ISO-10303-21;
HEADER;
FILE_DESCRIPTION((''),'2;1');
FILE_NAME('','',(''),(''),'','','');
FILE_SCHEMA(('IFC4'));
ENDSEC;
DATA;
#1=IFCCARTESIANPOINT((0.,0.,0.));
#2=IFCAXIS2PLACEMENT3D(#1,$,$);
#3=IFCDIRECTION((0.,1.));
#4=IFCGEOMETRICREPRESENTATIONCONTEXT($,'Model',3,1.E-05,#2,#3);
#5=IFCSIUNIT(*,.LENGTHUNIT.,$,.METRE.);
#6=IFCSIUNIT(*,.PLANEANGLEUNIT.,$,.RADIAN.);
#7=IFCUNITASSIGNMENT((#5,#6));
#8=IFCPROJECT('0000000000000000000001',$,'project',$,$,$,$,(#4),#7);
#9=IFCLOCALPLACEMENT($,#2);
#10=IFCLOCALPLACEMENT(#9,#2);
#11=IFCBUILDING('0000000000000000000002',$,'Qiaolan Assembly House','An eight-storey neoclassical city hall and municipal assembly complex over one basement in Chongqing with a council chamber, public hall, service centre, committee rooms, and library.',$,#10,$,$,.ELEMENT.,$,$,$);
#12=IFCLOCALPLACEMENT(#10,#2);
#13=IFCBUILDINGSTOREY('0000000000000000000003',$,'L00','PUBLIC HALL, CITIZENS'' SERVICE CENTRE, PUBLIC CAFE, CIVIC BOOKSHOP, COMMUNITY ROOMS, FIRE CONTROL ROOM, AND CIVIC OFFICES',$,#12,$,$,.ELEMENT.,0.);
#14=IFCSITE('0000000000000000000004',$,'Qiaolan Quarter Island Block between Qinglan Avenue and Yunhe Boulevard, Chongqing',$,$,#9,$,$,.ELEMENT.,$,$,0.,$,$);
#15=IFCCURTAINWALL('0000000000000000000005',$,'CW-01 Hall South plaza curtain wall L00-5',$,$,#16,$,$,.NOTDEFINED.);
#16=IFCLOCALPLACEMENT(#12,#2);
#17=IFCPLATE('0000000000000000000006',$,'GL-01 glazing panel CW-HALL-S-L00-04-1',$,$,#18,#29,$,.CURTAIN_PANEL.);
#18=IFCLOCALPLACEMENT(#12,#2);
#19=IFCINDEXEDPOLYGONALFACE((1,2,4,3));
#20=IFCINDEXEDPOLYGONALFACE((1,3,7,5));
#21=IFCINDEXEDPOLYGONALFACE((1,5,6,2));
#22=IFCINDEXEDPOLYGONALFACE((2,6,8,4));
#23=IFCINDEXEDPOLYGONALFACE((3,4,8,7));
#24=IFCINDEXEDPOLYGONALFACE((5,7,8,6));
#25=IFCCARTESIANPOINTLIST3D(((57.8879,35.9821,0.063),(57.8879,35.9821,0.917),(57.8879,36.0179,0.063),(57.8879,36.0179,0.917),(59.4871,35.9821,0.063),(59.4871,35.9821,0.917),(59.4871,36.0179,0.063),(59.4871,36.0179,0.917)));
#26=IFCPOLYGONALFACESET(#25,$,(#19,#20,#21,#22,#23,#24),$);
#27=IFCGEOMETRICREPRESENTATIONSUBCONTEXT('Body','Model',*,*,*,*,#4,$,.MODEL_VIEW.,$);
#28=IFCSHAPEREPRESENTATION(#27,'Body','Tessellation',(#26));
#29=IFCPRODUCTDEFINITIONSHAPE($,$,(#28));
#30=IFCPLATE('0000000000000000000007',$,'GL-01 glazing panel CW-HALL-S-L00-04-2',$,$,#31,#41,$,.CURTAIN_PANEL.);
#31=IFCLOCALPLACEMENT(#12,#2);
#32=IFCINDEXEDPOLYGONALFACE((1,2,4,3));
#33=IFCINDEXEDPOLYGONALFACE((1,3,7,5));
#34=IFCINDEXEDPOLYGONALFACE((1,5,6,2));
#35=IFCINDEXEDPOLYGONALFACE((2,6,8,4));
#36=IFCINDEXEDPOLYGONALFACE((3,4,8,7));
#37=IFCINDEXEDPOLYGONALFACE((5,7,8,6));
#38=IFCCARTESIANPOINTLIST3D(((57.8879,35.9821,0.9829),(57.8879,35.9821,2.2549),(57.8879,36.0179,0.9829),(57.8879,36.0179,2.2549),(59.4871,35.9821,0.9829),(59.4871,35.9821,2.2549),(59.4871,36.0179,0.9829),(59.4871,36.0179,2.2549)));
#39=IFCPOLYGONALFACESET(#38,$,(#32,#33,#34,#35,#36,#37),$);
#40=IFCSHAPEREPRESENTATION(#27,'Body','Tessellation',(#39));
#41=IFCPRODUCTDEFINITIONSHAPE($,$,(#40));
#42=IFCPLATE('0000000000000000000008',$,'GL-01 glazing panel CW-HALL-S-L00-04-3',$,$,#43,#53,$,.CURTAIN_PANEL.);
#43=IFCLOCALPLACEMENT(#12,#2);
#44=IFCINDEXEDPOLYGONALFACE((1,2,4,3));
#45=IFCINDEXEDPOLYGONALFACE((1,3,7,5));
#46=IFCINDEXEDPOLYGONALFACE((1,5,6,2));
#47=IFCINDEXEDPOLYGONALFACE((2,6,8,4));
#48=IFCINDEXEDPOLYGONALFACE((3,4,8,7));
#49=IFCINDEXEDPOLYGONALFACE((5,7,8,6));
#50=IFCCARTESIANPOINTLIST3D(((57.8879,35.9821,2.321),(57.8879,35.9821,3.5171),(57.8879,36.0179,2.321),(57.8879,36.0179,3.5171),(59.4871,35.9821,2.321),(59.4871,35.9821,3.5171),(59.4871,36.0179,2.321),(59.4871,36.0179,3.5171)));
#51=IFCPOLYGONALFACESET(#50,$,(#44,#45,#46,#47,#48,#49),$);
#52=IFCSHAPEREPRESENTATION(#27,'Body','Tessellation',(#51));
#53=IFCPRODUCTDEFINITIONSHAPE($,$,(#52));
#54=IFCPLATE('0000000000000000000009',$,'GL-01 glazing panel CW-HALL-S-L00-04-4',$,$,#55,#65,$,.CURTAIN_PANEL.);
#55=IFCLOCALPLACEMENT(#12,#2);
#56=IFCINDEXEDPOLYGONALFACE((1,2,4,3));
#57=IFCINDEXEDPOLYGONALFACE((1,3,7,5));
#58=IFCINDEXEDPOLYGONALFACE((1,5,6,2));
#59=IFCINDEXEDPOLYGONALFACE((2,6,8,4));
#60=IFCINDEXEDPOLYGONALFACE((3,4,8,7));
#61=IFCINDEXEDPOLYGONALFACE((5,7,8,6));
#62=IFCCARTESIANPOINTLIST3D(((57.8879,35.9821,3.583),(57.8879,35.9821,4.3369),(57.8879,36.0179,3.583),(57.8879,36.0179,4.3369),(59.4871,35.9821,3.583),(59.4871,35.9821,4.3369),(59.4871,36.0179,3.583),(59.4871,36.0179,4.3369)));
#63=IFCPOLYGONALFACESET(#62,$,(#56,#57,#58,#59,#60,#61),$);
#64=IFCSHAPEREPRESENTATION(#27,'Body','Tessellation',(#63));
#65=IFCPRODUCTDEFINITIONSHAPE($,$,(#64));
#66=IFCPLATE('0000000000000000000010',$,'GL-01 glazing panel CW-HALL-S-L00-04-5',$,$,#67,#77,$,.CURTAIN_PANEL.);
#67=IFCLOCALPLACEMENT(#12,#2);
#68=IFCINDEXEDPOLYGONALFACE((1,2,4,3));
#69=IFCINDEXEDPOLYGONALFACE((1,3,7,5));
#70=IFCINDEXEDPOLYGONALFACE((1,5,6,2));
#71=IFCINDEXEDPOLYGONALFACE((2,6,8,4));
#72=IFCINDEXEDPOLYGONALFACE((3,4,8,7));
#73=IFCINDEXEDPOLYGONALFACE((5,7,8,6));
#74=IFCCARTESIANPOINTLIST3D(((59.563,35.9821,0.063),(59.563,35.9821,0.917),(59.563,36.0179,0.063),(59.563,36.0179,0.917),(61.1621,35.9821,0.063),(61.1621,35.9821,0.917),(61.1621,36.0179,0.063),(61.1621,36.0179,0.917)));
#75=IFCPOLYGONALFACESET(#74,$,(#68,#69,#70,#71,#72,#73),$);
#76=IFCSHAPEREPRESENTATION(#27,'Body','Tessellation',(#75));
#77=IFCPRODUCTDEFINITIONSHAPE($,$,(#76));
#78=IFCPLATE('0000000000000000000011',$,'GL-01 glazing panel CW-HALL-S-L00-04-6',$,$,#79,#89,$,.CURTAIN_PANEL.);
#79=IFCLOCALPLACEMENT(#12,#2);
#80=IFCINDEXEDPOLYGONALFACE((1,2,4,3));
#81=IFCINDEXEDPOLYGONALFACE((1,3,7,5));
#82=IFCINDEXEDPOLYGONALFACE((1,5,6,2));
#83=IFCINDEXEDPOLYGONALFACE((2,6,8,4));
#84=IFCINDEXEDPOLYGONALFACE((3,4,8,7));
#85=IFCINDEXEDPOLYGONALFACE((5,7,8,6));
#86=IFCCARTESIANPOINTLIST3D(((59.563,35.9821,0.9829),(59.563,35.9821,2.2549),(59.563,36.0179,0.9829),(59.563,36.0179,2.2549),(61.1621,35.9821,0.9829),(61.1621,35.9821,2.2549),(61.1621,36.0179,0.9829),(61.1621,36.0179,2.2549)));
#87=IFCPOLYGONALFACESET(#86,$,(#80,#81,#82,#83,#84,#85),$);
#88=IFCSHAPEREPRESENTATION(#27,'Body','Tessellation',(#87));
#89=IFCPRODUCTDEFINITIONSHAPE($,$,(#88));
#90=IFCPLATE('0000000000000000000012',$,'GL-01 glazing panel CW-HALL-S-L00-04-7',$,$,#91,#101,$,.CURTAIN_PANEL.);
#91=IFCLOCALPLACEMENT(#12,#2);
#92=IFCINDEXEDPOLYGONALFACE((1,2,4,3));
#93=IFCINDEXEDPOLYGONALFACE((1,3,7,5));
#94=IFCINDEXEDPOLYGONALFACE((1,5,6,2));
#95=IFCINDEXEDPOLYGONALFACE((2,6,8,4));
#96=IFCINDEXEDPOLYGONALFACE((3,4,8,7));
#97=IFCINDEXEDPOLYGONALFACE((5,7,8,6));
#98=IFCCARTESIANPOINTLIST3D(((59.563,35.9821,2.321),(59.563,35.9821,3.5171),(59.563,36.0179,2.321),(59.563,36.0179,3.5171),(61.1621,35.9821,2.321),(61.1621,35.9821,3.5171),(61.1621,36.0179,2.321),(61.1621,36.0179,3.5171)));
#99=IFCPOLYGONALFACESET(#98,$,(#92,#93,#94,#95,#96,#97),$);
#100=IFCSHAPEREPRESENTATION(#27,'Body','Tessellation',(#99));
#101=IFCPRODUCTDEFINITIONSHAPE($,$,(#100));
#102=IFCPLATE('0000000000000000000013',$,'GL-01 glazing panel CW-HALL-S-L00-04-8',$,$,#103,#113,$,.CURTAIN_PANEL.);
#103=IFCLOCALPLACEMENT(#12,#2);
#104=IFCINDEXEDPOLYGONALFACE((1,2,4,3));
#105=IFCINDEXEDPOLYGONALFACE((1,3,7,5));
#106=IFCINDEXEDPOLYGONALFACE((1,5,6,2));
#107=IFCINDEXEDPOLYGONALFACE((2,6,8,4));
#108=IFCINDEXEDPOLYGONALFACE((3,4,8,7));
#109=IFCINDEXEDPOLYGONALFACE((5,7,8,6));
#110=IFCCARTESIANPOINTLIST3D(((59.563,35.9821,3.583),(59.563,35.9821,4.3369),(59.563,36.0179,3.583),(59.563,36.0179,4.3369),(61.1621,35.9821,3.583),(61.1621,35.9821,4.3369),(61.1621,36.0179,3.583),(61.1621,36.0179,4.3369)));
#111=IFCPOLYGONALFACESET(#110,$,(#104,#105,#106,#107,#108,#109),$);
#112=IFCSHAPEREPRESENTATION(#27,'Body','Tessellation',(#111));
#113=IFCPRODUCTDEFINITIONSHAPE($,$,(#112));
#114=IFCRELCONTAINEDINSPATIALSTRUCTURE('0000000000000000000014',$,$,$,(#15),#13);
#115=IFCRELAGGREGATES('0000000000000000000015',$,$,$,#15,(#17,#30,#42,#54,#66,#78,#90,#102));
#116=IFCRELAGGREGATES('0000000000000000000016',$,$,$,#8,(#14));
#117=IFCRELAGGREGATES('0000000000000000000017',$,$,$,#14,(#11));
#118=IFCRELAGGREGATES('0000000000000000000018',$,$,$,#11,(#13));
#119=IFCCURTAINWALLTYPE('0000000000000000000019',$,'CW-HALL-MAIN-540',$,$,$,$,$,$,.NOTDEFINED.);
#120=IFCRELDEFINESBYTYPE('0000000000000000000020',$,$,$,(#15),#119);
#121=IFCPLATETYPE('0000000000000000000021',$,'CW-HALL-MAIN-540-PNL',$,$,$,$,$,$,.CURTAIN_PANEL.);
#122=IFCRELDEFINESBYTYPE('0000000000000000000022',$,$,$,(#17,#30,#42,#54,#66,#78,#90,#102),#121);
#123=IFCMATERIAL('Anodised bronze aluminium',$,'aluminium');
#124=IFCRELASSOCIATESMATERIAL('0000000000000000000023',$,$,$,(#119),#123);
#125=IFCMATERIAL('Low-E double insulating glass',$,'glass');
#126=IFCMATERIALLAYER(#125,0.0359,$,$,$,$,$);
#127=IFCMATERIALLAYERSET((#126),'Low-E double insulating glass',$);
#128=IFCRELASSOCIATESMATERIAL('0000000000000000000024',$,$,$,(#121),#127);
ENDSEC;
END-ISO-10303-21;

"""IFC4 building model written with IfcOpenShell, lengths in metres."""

from ifc_helpers import new_model, si_unit, direction, frame, frame_2d, origin, place, context, subcontext, project, spatial, rectangle, extrude, material, layer, layer_set, type_object, element, aggregate, save


model = new_model("IFC4")

# Units and contexts
model_context = context("Model", 3, precision=1e-05, world=origin(), true_north=direction((0.0, 1.0)))
body_context = subcontext(model_context, "Body", "Model", "MODEL_VIEW")
ifc_project = project(units=[si_unit("LENGTHUNIT", "METRE"), si_unit("PLANEANGLEUNIT", "RADIAN")], contexts=[model_context])

# Site, building, storey
site_placement = place(None, origin())
site = spatial("IfcSite", under=ifc_project, at=site_placement, Name="Qiaolan Quarter Island Block between Qinglan Avenue and Yunhe Boulevard, Chongqing", CompositionType="ELEMENT", RefElevation=0.0)
building_placement = place(site_placement, origin())
building = spatial("IfcBuilding", under=site, at=building_placement, Name="Qiaolan Assembly House", Description="An eight-storey neoclassical city hall and municipal assembly complex over one basement in Chongqing with a council chamber, public hall, service centre, committee rooms, and library.", CompositionType="ELEMENT")
storey_placement = place(building_placement, origin())
storey = spatial("IfcBuildingStorey", under=building, at=storey_placement, Name="L00", Description="PUBLIC HALL, CITIZENS' SERVICE CENTRE, PUBLIC CAFE, CIVIC BOOKSHOP, COMMUNITY ROOMS, FIRE CONTROL ROOM, AND CIVIC OFFICES", CompositionType="ELEMENT", Elevation=0.0)

# Shared definitions
ifc_material_1 = material(Name="Anodised bronze aluminium", Category="aluminium")
curtain_wall_type = type_object("IfcCurtainWallType", Name="CW-HALL-MAIN-540", PredefinedType="NOTDEFINED", material=ifc_material_1)

# Curtain wall
curtain_wall_1_placement = place(storey_placement, origin())
curtain_wall_1 = element("IfcCurtainWall", 1, at=curtain_wall_1_placement, inside=storey, type_object=curtain_wall_type, Name="CW-01 Hall South plaza curtain wall L00-5", PredefinedType="NOTDEFINED")

# Plates
ifc_material_2 = material(Name="Low-E double insulating glass", Category="glass")
ifc_layer_1 = layer(ifc_material_2, 0.0359)
ifc_layer_set_1 = layer_set([ifc_layer_1], Name="Low-E double insulating glass")
plate_type = type_object("IfcPlateType", Name="CW-HALL-MAIN-540-PNL", PredefinedType="CURTAIN_PANEL", material=ifc_layer_set_1)
plate_1_placement = place(storey_placement, frame((57.8879, 36.0, 0.063), z_axis=(0.0, 0.0, 1.0), x_axis=(1.0, 0.0, 0.0)))
plate_1 = element("IfcPlate", 2, at=plate_1_placement, type_object=plate_type, Name="GL-01 glazing panel CW-HALL-S-L00-04-1", PredefinedType="CURTAIN_PANEL", context=body_context, shape_type="SweptSolid", body=[
    extrude(rectangle(XDim=1.5991, YDim=0.0359, at=frame_2d((0.7996, 0.0))), origin(), (0.0, 0.0, 1.0), 0.854),
])
plate_2_placement = place(storey_placement, frame((57.8879, 36.0, 0.9829), z_axis=(0.0, 0.0, 1.0), x_axis=(1.0, 0.0, 0.0)))
plate_2 = element("IfcPlate", 3, at=plate_2_placement, type_object=plate_type, Name="GL-01 glazing panel CW-HALL-S-L00-04-2", PredefinedType="CURTAIN_PANEL", context=body_context, shape_type="SweptSolid", body=[
    extrude(rectangle(XDim=1.5991, YDim=0.0359, at=frame_2d((0.7996, 0.0))), origin(), (0.0, 0.0, 1.0), 1.272),
])
plate_3_placement = place(storey_placement, frame((57.8879, 36.0, 2.321), z_axis=(0.0, 0.0, 1.0), x_axis=(1.0, 0.0, 0.0)))
plate_3 = element("IfcPlate", 4, at=plate_3_placement, type_object=plate_type, Name="GL-01 glazing panel CW-HALL-S-L00-04-3", PredefinedType="CURTAIN_PANEL", context=body_context, shape_type="SweptSolid", body=[
    extrude(rectangle(XDim=1.5991, YDim=0.0359, at=frame_2d((0.7996, 0.0))), origin(), (0.0, 0.0, 1.0), 1.196),
])
plate_4_placement = place(storey_placement, frame((57.8879, 36.0, 3.583), z_axis=(0.0, 0.0, 1.0), x_axis=(1.0, 0.0, 0.0)))
plate_4 = element("IfcPlate", 5, at=plate_4_placement, type_object=plate_type, Name="GL-01 glazing panel CW-HALL-S-L00-04-4", PredefinedType="CURTAIN_PANEL", context=body_context, shape_type="SweptSolid", body=[
    extrude(rectangle(XDim=1.5991, YDim=0.0359, at=frame_2d((0.7996, 0.0))), origin(), (0.0, 0.0, 1.0), 0.7539),
])
plate_5_placement = place(storey_placement, frame((59.563, 36.0, 0.063), z_axis=(0.0, 0.0, 1.0), x_axis=(1.0, 0.0, 0.0)))
plate_5 = element("IfcPlate", 6, at=plate_5_placement, type_object=plate_type, Name="GL-01 glazing panel CW-HALL-S-L00-04-5", PredefinedType="CURTAIN_PANEL", context=body_context, shape_type="SweptSolid", body=[
    extrude(rectangle(XDim=1.5991, YDim=0.0359, at=frame_2d((0.7996, 0.0))), origin(), (0.0, 0.0, 1.0), 0.854),
])
plate_6_placement = place(storey_placement, frame((59.563, 36.0, 0.9829), z_axis=(0.0, 0.0, 1.0), x_axis=(1.0, 0.0, 0.0)))
plate_6 = element("IfcPlate", 7, at=plate_6_placement, type_object=plate_type, Name="GL-01 glazing panel CW-HALL-S-L00-04-6", PredefinedType="CURTAIN_PANEL", context=body_context, shape_type="SweptSolid", body=[
    extrude(rectangle(XDim=1.5991, YDim=0.0359, at=frame_2d((0.7996, 0.0))), origin(), (0.0, 0.0, 1.0), 1.272),
])
plate_7_placement = place(storey_placement, frame((59.563, 36.0, 2.321), z_axis=(0.0, 0.0, 1.0), x_axis=(1.0, 0.0, 0.0)))
plate_7 = element("IfcPlate", 8, at=plate_7_placement, type_object=plate_type, Name="GL-01 glazing panel CW-HALL-S-L00-04-7", PredefinedType="CURTAIN_PANEL", context=body_context, shape_type="SweptSolid", body=[
    extrude(rectangle(XDim=1.5991, YDim=0.0359, at=frame_2d((0.7996, 0.0))), origin(), (0.0, 0.0, 1.0), 1.196),
])
plate_8_placement = place(storey_placement, frame((59.563, 36.0, 3.583), z_axis=(0.0, 0.0, 1.0), x_axis=(1.0, 0.0, 0.0)))
plate_8 = element("IfcPlate", 9, at=plate_8_placement, type_object=plate_type, Name="GL-01 glazing panel CW-HALL-S-L00-04-8", PredefinedType="CURTAIN_PANEL", context=body_context, shape_type="SweptSolid", body=[
    extrude(rectangle(XDim=1.5991, YDim=0.0359, at=frame_2d((0.7996, 0.0))), origin(), (0.0, 0.0, 1.0), 0.7539),
])
aggregate(curtain_wall_1, [plate_1, plate_2, plate_3, plate_4, plate_5, plate_6, plate_7, plate_8])

save(model, "model.ifc")
